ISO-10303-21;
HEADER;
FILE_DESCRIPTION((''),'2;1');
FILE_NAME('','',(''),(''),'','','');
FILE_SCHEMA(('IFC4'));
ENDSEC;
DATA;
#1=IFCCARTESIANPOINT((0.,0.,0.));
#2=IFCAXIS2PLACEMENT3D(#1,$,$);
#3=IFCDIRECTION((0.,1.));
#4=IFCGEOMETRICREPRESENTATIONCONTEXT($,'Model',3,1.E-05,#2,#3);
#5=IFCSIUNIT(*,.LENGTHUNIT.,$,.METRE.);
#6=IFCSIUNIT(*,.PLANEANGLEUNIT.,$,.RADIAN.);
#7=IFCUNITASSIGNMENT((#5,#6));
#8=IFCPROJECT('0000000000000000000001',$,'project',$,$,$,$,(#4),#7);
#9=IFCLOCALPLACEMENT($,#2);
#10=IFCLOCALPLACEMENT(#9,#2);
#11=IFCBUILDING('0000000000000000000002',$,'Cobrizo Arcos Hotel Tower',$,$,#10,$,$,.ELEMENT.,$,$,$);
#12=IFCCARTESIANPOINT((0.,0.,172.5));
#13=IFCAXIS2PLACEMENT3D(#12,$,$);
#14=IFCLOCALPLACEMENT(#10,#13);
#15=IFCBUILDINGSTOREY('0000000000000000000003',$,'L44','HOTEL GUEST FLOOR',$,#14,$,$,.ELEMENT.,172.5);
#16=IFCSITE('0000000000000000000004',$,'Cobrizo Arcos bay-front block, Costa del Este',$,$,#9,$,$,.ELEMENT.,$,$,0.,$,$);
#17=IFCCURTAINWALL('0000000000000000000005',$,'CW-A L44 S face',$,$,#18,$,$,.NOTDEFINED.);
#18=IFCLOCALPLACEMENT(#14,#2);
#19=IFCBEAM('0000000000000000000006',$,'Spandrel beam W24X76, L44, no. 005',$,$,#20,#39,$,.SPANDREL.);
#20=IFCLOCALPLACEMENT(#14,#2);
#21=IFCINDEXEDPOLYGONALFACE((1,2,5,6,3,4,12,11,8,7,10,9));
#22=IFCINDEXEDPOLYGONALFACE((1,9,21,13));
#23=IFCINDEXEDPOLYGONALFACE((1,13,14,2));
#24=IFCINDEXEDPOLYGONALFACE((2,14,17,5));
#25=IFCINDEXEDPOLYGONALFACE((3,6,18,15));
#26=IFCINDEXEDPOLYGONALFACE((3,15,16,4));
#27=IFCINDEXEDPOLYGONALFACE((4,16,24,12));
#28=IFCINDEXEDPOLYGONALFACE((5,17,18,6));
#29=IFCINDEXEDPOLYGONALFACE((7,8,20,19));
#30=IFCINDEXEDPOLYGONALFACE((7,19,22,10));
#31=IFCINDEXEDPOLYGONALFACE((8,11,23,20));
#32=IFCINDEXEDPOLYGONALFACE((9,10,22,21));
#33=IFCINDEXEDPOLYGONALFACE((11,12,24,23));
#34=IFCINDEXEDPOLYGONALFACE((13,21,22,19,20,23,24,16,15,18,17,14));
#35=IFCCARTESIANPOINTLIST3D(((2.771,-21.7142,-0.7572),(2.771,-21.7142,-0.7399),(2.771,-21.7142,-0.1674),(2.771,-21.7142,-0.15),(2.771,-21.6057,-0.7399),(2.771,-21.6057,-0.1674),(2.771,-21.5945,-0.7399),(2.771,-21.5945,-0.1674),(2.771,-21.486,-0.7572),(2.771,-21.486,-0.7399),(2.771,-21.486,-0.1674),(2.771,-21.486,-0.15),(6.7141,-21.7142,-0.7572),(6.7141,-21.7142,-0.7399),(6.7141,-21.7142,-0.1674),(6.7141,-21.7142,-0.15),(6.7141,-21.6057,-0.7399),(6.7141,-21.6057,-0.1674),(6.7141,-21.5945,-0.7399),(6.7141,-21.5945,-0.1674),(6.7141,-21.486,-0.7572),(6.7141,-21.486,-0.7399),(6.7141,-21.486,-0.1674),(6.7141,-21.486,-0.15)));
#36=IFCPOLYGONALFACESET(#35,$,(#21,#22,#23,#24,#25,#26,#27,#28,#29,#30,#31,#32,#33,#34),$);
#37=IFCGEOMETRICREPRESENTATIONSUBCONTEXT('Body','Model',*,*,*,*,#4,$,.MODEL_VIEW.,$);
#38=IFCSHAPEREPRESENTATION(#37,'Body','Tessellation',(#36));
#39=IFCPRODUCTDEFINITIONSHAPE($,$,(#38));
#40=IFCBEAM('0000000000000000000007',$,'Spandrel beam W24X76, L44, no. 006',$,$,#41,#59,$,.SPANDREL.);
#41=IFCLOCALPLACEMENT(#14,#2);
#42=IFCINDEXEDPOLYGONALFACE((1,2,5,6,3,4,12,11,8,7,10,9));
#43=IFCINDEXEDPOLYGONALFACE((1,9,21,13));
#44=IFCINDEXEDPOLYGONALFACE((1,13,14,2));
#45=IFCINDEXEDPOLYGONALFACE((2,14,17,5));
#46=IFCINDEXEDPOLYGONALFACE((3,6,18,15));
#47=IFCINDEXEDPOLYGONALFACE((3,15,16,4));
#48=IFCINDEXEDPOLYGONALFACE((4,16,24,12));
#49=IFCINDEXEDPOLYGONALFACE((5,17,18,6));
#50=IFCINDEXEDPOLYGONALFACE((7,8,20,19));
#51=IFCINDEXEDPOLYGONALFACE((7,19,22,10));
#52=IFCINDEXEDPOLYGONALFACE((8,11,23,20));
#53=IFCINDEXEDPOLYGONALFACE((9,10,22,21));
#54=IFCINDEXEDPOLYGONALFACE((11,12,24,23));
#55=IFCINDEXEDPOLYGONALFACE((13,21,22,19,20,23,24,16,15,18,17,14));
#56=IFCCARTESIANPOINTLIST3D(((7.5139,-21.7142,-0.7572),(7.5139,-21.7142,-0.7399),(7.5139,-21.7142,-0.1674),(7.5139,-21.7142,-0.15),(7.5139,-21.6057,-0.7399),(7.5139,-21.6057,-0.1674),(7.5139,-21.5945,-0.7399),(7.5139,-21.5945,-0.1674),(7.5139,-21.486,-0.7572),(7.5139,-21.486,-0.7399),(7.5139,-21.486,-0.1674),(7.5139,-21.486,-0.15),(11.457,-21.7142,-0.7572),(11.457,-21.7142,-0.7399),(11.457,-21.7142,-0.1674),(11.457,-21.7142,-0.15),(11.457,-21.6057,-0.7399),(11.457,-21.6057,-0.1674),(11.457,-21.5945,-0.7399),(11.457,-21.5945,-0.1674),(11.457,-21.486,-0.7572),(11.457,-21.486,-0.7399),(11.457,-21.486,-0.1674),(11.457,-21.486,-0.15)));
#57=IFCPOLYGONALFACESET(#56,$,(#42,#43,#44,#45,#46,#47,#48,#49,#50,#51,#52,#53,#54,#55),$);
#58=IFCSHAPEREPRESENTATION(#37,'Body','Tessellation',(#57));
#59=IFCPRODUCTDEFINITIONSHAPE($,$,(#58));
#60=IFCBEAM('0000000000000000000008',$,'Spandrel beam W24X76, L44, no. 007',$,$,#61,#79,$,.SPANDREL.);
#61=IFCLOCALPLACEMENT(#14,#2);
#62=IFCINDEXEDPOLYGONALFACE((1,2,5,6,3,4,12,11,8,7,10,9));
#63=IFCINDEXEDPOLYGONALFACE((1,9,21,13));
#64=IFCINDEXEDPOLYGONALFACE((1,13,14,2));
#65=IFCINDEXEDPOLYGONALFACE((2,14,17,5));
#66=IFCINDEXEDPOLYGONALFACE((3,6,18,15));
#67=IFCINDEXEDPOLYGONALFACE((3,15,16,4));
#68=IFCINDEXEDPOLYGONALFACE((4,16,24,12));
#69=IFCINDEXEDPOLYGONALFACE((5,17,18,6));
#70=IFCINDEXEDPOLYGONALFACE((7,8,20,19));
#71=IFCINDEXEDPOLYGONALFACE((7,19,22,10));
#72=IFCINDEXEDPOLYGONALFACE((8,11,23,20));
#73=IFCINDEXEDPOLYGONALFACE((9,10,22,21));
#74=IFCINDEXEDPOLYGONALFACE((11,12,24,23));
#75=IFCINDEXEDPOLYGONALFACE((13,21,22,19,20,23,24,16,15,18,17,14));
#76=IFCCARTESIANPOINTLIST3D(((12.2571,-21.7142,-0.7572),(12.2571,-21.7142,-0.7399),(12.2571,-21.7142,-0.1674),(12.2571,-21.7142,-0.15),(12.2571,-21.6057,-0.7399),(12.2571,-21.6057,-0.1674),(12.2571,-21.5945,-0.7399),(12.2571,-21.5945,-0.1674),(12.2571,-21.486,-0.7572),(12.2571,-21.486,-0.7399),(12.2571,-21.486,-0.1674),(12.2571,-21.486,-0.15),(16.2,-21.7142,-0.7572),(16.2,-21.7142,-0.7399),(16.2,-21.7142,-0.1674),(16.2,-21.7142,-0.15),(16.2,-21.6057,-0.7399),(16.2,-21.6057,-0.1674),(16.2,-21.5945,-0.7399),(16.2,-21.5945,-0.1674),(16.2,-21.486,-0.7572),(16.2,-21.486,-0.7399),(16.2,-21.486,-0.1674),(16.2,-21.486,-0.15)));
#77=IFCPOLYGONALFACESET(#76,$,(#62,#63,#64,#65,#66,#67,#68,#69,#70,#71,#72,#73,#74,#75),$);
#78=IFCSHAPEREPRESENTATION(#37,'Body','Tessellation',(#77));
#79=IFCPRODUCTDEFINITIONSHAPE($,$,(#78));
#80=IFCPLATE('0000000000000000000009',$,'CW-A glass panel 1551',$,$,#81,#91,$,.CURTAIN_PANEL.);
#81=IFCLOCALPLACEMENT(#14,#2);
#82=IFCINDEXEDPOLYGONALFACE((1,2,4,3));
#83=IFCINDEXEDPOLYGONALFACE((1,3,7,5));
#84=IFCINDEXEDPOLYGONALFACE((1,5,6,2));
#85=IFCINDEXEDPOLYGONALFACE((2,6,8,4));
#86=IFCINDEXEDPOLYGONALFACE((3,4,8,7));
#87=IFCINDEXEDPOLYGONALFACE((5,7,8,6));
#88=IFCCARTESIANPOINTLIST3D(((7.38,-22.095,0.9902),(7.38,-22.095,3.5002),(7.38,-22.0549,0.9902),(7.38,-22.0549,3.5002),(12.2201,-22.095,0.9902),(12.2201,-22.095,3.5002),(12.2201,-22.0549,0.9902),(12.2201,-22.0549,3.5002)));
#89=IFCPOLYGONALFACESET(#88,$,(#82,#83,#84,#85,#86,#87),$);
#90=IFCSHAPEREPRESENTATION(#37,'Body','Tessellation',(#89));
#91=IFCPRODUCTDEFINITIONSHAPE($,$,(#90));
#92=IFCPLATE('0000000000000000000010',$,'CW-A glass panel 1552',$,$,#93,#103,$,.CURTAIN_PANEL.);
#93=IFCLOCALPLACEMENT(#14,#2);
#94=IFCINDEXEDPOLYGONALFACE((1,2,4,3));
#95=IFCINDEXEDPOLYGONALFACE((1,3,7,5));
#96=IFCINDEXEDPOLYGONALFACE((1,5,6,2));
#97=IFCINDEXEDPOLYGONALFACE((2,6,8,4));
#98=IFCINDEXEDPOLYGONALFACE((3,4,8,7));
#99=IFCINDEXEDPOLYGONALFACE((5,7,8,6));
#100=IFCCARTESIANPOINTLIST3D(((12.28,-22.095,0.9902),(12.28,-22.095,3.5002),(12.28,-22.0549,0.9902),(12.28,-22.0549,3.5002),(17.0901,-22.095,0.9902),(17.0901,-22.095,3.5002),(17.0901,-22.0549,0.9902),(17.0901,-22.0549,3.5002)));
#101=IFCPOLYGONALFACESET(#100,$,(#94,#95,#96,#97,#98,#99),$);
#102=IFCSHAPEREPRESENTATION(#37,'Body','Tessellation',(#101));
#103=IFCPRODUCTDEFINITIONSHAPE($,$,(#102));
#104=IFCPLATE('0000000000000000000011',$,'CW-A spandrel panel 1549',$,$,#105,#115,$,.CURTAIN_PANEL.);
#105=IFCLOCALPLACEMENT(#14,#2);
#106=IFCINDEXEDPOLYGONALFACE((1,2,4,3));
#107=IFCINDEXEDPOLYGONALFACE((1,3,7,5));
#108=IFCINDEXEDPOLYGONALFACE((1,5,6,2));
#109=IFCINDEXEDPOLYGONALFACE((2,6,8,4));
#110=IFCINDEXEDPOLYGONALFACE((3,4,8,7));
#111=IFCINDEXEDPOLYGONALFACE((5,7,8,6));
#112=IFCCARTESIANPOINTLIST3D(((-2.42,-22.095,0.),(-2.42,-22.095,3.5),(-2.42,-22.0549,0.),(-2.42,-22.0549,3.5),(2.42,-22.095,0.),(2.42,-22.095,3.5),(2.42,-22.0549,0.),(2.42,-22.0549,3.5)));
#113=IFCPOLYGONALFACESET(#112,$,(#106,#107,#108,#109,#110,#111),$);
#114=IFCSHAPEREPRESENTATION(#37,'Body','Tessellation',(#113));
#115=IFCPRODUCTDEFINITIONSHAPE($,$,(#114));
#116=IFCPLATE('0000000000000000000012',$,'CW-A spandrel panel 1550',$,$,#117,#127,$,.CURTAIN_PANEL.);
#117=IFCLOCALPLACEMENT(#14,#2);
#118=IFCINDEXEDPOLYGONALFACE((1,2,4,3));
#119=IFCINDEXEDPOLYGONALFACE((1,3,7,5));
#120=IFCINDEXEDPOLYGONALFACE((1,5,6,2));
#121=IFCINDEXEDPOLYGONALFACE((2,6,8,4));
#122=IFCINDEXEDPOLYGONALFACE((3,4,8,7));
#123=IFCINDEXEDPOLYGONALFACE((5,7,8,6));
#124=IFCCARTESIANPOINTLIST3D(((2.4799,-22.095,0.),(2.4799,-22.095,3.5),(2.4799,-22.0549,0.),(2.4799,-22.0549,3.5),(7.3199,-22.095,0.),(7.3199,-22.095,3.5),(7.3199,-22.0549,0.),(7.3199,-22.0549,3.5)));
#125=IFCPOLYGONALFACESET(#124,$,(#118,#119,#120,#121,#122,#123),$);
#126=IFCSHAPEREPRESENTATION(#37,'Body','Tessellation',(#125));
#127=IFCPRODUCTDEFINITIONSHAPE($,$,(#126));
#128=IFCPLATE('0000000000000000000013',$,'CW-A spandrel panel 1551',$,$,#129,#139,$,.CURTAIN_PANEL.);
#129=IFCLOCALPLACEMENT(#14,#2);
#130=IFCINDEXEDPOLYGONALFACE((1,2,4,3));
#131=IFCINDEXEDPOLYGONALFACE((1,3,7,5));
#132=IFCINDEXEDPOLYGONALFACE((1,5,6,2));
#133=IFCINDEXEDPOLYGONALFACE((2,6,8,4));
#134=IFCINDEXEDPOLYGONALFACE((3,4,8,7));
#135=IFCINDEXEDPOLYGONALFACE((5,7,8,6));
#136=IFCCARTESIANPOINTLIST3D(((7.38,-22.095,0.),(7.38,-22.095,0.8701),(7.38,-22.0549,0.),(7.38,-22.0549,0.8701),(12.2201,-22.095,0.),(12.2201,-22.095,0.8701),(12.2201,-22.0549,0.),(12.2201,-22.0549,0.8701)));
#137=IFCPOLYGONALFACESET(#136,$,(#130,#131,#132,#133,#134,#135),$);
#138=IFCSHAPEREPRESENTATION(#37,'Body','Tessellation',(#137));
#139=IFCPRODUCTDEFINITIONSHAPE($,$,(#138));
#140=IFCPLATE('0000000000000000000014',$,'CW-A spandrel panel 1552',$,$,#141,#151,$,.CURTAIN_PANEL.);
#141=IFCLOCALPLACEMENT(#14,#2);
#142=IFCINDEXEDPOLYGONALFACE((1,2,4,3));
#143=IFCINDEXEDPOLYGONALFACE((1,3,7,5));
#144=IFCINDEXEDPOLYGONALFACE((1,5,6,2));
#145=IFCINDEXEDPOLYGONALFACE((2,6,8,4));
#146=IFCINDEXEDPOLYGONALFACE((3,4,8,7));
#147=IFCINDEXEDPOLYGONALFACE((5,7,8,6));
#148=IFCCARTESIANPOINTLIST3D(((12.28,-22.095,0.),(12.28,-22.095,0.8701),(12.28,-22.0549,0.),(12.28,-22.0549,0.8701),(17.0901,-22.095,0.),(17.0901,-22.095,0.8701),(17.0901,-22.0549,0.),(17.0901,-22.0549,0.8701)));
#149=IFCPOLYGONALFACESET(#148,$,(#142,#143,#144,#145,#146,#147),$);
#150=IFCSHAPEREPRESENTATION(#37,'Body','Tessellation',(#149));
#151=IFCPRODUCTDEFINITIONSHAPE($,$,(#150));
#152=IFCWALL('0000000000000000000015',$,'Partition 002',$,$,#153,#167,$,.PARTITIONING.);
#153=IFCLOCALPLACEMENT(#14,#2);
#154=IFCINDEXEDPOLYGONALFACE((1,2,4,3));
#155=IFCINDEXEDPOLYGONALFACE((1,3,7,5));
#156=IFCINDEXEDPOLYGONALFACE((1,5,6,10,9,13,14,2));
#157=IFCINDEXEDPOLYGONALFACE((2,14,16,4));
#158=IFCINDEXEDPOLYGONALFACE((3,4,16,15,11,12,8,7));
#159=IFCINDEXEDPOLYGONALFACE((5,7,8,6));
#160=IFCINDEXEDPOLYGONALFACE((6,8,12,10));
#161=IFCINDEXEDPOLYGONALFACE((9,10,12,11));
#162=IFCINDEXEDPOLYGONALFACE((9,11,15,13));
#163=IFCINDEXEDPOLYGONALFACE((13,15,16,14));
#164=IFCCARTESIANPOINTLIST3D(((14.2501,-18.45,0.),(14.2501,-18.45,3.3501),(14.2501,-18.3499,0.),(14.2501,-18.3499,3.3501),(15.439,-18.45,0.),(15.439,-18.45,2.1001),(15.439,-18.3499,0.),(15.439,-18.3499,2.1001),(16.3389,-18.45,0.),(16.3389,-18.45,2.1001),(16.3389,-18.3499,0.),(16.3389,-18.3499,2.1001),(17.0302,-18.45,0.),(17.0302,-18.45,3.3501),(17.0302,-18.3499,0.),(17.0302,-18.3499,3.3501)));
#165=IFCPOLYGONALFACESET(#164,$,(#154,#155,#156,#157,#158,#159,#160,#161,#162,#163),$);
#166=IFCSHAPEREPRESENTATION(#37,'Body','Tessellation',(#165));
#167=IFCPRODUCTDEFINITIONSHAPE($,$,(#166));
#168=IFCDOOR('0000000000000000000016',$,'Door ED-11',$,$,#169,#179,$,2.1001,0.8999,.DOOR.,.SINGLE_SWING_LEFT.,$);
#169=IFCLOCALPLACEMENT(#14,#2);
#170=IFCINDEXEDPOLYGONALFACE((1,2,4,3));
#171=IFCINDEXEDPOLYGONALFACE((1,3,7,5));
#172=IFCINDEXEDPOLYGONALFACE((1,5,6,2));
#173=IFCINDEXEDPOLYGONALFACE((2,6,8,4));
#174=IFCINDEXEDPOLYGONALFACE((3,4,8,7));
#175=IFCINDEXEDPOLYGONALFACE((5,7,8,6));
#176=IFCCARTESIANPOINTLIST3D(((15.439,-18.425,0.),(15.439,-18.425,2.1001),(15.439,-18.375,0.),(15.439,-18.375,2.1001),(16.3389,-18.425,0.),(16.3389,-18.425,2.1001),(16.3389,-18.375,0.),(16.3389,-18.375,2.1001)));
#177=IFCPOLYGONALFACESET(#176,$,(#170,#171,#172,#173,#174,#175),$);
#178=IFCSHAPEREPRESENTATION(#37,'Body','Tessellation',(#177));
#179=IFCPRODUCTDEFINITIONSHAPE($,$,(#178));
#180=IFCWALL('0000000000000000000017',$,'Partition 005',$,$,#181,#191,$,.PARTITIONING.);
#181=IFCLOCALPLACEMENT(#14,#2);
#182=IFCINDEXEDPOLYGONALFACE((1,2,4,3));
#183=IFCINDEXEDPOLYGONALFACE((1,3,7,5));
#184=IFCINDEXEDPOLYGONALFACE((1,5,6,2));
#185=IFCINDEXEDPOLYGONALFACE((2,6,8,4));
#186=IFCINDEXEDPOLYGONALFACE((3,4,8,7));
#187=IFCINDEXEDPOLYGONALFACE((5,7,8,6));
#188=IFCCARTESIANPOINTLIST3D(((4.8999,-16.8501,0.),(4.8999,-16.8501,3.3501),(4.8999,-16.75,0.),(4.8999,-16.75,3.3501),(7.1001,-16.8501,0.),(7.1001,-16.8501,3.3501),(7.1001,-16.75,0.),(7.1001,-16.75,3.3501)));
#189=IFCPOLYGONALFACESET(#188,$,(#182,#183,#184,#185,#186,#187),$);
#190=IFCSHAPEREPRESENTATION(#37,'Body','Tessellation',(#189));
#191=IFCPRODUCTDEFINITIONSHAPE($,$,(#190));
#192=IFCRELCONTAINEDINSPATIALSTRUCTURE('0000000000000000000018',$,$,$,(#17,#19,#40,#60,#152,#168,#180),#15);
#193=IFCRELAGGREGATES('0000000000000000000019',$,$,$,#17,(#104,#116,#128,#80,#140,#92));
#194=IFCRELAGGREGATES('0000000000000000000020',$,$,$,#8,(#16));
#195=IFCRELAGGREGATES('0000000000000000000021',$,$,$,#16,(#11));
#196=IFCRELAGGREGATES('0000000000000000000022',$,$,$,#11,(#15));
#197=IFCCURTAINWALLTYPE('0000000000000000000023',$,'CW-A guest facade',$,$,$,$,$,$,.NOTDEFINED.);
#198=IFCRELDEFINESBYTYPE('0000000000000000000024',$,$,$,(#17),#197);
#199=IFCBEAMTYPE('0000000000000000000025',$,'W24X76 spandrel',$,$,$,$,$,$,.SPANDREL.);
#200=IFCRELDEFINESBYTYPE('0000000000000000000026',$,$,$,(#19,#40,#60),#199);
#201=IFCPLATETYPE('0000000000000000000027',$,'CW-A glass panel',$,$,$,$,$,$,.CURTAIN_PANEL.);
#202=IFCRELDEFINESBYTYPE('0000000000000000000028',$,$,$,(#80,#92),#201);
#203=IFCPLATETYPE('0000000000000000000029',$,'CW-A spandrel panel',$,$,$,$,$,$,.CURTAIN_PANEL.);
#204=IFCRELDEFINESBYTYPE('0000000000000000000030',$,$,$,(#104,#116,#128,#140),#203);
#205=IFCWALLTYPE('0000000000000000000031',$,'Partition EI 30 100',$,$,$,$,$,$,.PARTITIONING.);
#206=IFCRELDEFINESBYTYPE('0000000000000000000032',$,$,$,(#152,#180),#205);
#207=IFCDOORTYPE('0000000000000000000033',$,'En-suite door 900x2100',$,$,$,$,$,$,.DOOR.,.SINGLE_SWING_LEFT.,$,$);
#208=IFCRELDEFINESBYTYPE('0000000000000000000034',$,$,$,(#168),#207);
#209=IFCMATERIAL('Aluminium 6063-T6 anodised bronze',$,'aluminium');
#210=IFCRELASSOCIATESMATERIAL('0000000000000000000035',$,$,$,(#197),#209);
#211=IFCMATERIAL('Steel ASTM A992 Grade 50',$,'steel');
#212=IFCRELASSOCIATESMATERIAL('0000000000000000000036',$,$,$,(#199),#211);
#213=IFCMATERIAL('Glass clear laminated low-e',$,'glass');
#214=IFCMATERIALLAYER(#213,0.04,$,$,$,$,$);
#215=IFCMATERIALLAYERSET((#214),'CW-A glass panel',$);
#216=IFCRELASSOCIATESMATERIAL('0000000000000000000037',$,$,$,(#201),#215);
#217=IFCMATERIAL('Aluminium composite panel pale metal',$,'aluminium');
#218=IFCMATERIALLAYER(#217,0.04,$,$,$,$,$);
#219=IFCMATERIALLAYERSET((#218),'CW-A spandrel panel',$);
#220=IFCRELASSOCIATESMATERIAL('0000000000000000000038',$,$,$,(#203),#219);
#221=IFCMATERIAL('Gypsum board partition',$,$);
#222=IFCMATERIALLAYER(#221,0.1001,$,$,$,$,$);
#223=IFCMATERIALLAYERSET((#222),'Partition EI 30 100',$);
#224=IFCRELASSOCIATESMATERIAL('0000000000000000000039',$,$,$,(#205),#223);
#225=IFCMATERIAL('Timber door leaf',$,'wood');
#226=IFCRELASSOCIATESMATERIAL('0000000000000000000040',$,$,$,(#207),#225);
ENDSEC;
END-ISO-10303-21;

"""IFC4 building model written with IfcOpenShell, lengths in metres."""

from ifc_helpers import new_model, si_unit, direction, frame, frame_2d, origin, origin_2d, place, context, subcontext, project, spatial, rectangle, i_section, extrude, material, layer, layer_set, material_profile, profile_set, type_object, element, fill, aggregate, save


model = new_model("IFC4")

# Units and contexts
model_context = context("Model", 3, precision=1e-05, world=origin(), true_north=direction((0.0, 1.0)))
body_context = subcontext(model_context, "Body", "Model", "MODEL_VIEW")
ifc_project = project(units=[si_unit("LENGTHUNIT", "METRE"), si_unit("PLANEANGLEUNIT", "RADIAN")], contexts=[model_context])

# Site, building, storey
site_placement = place(None, origin())
site = spatial("IfcSite", under=ifc_project, at=site_placement, Name="Cobrizo Arcos bay-front block, Costa del Este", CompositionType="ELEMENT", RefElevation=0.0)
building_placement = place(site_placement, origin())
building = spatial("IfcBuilding", under=site, at=building_placement, Name="Cobrizo Arcos Hotel Tower", CompositionType="ELEMENT")
storey_placement = place(building_placement, frame((0.0, 0.0, 172.5)))
storey = spatial("IfcBuildingStorey", under=building, at=storey_placement, Name="L44", Description="HOTEL GUEST FLOOR", CompositionType="ELEMENT", Elevation=172.5)

# Curtain wall
ifc_material_1 = material(Name="Aluminium 6063-T6 anodised bronze", Category="aluminium")
curtain_wall_type = type_object("IfcCurtainWallType", Name="CW-A guest facade", PredefinedType="NOTDEFINED", material=ifc_material_1)
curtain_wall_placement = place(storey_placement, origin())
curtain_wall = element("IfcCurtainWall", 1, at=curtain_wall_placement, inside=storey, type_object=curtain_wall_type, Name="CW-A L44 S face", PredefinedType="NOTDEFINED")

# Beams
ifc_material_2 = material(Name="Steel ASTM A992 Grade 50", Category="steel")
ifc_material_profile_1 = material_profile(ifc_material_2, i_section(OverallWidth=0.2283, OverallDepth=0.6072, WebThickness=0.0112, FlangeThickness=0.0173, at=origin_2d()), Name="W24X76")
ifc_profile_set_1 = profile_set([ifc_material_profile_1], Name="Steel ASTM A992 Grade 50")
beam_type_1 = type_object("IfcBeamType", Name="W24X76 spandrel", PredefinedType="SPANDREL", material=ifc_profile_set_1)
for number, where, z_axis, x_axis, name in (
    (2, (2.771, -21.6001, -0.4536), (1.0, 0.0, 0.0), (0.0, 1.0, 0.0), "Spandrel beam W24X76, L44, no. 005"),
    (3, (7.5139, -21.6001, -0.4536), (1.0, 0.0, 0.0), (0.0, 1.0, 0.0), "Spandrel beam W24X76, L44, no. 006"),
):
    element("IfcBeam", number, at=place(storey_placement, frame(where, z_axis=z_axis, x_axis=x_axis)), inside=storey, type_object=beam_type_1, Name=name, PredefinedType="SPANDREL", context=body_context, shape_type="SweptSolid", body=[
        extrude(i_section(OverallWidth=0.2283, OverallDepth=0.6072, WebThickness=0.0112, FlangeThickness=0.0173, at=origin_2d()), origin(), (0.0, 0.0, 1.0), 3.9431),
    ])
beam_1_placement = place(storey_placement, frame((12.2571, -21.6001, -0.4536), z_axis=(1.0, 0.0, 0.0), x_axis=(0.0, 1.0, 0.0)))
element("IfcBeam", 4, at=beam_1_placement, inside=storey, type_object=beam_type_1, Name="Spandrel beam W24X76, L44, no. 007", PredefinedType="SPANDREL", context=body_context, shape_type="SweptSolid", body=[
    extrude(i_section(OverallWidth=0.2283, OverallDepth=0.6072, WebThickness=0.0112, FlangeThickness=0.0173, at=origin_2d()), origin(), (0.0, 0.0, 1.0), 3.9429),
])

# Plates
ifc_material_3 = material(Name="Glass clear laminated low-e", Category="glass")
ifc_layer_1 = layer(ifc_material_3, 0.04)
ifc_layer_set_1 = layer_set([ifc_layer_1], Name="CW-A glass panel")
plate_type_1 = type_object("IfcPlateType", Name="CW-A glass panel", PredefinedType="CURTAIN_PANEL", material=ifc_layer_set_1)
plate_1_placement = place(storey_placement, frame((9.8, -22.075, 0.9902), z_axis=(0.0, 0.0, 1.0), x_axis=(1.0, 0.0, 0.0)))
plate_1 = element("IfcPlate", 5, at=plate_1_placement, type_object=plate_type_1, Name="CW-A glass panel 1551", PredefinedType="CURTAIN_PANEL", context=body_context, shape_type="SweptSolid", body=[
    extrude(rectangle(XDim=4.8401, YDim=0.04, at=origin_2d()), origin(), (0.0, 0.0, 1.0), 2.51),
])
plate_2_placement = place(storey_placement, frame((14.6851, -22.075, 0.9902), z_axis=(0.0, 0.0, 1.0), x_axis=(1.0, 0.0, 0.0)))
plate_2 = element("IfcPlate", 6, at=plate_2_placement, type_object=plate_type_1, Name="CW-A glass panel 1552", PredefinedType="CURTAIN_PANEL", context=body_context, shape_type="SweptSolid", body=[
    extrude(rectangle(XDim=4.8101, YDim=0.04, at=origin_2d()), origin(), (0.0, 0.0, 1.0), 2.51),
])
ifc_material_4 = material(Name="Aluminium composite panel pale metal", Category="aluminium")
ifc_layer_2 = layer(ifc_material_4, 0.04)
ifc_layer_set_2 = layer_set([ifc_layer_2], Name="CW-A spandrel panel")
plate_type_2 = type_object("IfcPlateType", Name="CW-A spandrel panel", PredefinedType="CURTAIN_PANEL", material=ifc_layer_set_2)
plate_3_placement = place(storey_placement, frame((0.0, -22.075, 0.0), z_axis=(0.0, 0.0, 1.0), x_axis=(1.0, 0.0, 0.0)))
plate_3 = element("IfcPlate", 7, at=plate_3_placement, type_object=plate_type_2, Name="CW-A spandrel panel 1549", PredefinedType="CURTAIN_PANEL", context=body_context, shape_type="SweptSolid", body=[
    extrude(rectangle(XDim=4.8401, YDim=0.04, at=origin_2d()), origin(), (0.0, 0.0, 1.0), 3.5),
])
plate_4_placement = place(storey_placement, frame((4.8999, -22.075, 0.0), z_axis=(0.0, 0.0, 1.0), x_axis=(1.0, 0.0, 0.0)))
plate_4 = element("IfcPlate", 8, at=plate_4_placement, type_object=plate_type_2, Name="CW-A spandrel panel 1550", PredefinedType="CURTAIN_PANEL", context=body_context, shape_type="SweptSolid", body=[
    extrude(rectangle(XDim=4.8401, YDim=0.04, at=origin_2d()), origin(), (0.0, 0.0, 1.0), 3.5),
])
plate_5_placement = place(storey_placement, frame((9.8, -22.075, 0.0), z_axis=(0.0, 0.0, 1.0), x_axis=(1.0, 0.0, 0.0)))
plate_5 = element("IfcPlate", 9, at=plate_5_placement, type_object=plate_type_2, Name="CW-A spandrel panel 1551", PredefinedType="CURTAIN_PANEL", context=body_context, shape_type="SweptSolid", body=[
    extrude(rectangle(XDim=4.8401, YDim=0.04, at=origin_2d()), origin(), (0.0, 0.0, 1.0), 0.8701),
])
plate_6_placement = place(storey_placement, frame((14.6851, -22.075, 0.0), z_axis=(0.0, 0.0, 1.0), x_axis=(1.0, 0.0, 0.0)))
plate_6 = element("IfcPlate", 10, at=plate_6_placement, type_object=plate_type_2, Name="CW-A spandrel panel 1552", PredefinedType="CURTAIN_PANEL", context=body_context, shape_type="SweptSolid", body=[
    extrude(rectangle(XDim=4.8101, YDim=0.04, at=origin_2d()), origin(), (0.0, 0.0, 1.0), 0.8701),
])
aggregate(curtain_wall, [plate_3, plate_4, plate_5, plate_1, plate_6, plate_2])

# Wall, opening, door
ifc_material_5 = material(Name="Gypsum board partition")
ifc_layer_3 = layer(ifc_material_5, 0.1001)
ifc_layer_set_3 = layer_set([ifc_layer_3], Name="Partition EI 30 100")
wall_type = type_object("IfcWallType", Name="Partition EI 30 100", PredefinedType="PARTITIONING", material=ifc_layer_set_3)
wall_1_placement = place(storey_placement, frame((14.25, -18.3999, 0.0), z_axis=(0.0, 0.0, 1.0), x_axis=(1.0, 0.0, 0.0)))
wall_1 = element("IfcWall", 11, at=wall_1_placement, inside=storey, type_object=wall_type, Name="Partition 002", PredefinedType="PARTITIONING", context=body_context, shape_type="SweptSolid", body=[
    extrude(rectangle(XDim=2.78, YDim=0.1001, at=frame_2d((1.3901, 0.0))), origin(), (0.0, 0.0, 1.0), 3.3501),
])
opening_placement = place(wall_1_placement, frame((1.189, 0.0, 0.0)))
opening = element("IfcOpeningElement", 12, at=opening_placement, cuts=wall_1, PredefinedType="OPENING", context=body_context, shape_type="SweptSolid", body=[
    extrude(rectangle(XDim=0.8999, YDim=2.1001, at=frame_2d((0.45, 1.05))), frame((0.0, 0.062, 0.0), z_axis=(0.0, -1.0, 0.0), x_axis=(1.0, 0.0, 0.0)), (0.0, 0.0, 1.0), 0.124),
])
ifc_material_6 = material(Name="Timber door leaf", Category="wood")
door_type = type_object("IfcDoorType", Name="En-suite door 900x2100", OperationType="SINGLE_SWING_LEFT", PredefinedType="DOOR", material=ifc_material_6)
door_placement = place(opening_placement, origin())
door = element("IfcDoor", 13, at=door_placement, inside=storey, type_object=door_type, Name="Door ED-11", OperationType="SINGLE_SWING_LEFT", OverallHeight=2.1001, OverallWidth=0.8999, PredefinedType="DOOR", context=body_context, shape_type="SweptSolid", body=[
    extrude(rectangle(XDim=0.8999, YDim=2.1001, at=frame_2d((0.45, 1.05))), frame((0.0, 0.0249, 0.0), z_axis=(0.0, -1.0, 0.0), x_axis=(1.0, 0.0, 0.0)), (0.0, 0.0, 1.0), 0.05),
])
fill(opening, door)

# Wall
wall_2_placement = place(storey_placement, frame((4.8999, -16.8, 0.0), z_axis=(0.0, 0.0, 1.0), x_axis=(1.0, 0.0, 0.0)))
element("IfcWall", 14, at=wall_2_placement, inside=storey, type_object=wall_type, Name="Partition 005", PredefinedType="PARTITIONING", context=body_context, shape_type="SweptSolid", body=[
    extrude(rectangle(XDim=2.2002, YDim=0.1001, at=frame_2d((1.1001, 0.0))), origin(), (0.0, 0.0, 1.0), 3.3501),
])

save(model, "model.ifc")
